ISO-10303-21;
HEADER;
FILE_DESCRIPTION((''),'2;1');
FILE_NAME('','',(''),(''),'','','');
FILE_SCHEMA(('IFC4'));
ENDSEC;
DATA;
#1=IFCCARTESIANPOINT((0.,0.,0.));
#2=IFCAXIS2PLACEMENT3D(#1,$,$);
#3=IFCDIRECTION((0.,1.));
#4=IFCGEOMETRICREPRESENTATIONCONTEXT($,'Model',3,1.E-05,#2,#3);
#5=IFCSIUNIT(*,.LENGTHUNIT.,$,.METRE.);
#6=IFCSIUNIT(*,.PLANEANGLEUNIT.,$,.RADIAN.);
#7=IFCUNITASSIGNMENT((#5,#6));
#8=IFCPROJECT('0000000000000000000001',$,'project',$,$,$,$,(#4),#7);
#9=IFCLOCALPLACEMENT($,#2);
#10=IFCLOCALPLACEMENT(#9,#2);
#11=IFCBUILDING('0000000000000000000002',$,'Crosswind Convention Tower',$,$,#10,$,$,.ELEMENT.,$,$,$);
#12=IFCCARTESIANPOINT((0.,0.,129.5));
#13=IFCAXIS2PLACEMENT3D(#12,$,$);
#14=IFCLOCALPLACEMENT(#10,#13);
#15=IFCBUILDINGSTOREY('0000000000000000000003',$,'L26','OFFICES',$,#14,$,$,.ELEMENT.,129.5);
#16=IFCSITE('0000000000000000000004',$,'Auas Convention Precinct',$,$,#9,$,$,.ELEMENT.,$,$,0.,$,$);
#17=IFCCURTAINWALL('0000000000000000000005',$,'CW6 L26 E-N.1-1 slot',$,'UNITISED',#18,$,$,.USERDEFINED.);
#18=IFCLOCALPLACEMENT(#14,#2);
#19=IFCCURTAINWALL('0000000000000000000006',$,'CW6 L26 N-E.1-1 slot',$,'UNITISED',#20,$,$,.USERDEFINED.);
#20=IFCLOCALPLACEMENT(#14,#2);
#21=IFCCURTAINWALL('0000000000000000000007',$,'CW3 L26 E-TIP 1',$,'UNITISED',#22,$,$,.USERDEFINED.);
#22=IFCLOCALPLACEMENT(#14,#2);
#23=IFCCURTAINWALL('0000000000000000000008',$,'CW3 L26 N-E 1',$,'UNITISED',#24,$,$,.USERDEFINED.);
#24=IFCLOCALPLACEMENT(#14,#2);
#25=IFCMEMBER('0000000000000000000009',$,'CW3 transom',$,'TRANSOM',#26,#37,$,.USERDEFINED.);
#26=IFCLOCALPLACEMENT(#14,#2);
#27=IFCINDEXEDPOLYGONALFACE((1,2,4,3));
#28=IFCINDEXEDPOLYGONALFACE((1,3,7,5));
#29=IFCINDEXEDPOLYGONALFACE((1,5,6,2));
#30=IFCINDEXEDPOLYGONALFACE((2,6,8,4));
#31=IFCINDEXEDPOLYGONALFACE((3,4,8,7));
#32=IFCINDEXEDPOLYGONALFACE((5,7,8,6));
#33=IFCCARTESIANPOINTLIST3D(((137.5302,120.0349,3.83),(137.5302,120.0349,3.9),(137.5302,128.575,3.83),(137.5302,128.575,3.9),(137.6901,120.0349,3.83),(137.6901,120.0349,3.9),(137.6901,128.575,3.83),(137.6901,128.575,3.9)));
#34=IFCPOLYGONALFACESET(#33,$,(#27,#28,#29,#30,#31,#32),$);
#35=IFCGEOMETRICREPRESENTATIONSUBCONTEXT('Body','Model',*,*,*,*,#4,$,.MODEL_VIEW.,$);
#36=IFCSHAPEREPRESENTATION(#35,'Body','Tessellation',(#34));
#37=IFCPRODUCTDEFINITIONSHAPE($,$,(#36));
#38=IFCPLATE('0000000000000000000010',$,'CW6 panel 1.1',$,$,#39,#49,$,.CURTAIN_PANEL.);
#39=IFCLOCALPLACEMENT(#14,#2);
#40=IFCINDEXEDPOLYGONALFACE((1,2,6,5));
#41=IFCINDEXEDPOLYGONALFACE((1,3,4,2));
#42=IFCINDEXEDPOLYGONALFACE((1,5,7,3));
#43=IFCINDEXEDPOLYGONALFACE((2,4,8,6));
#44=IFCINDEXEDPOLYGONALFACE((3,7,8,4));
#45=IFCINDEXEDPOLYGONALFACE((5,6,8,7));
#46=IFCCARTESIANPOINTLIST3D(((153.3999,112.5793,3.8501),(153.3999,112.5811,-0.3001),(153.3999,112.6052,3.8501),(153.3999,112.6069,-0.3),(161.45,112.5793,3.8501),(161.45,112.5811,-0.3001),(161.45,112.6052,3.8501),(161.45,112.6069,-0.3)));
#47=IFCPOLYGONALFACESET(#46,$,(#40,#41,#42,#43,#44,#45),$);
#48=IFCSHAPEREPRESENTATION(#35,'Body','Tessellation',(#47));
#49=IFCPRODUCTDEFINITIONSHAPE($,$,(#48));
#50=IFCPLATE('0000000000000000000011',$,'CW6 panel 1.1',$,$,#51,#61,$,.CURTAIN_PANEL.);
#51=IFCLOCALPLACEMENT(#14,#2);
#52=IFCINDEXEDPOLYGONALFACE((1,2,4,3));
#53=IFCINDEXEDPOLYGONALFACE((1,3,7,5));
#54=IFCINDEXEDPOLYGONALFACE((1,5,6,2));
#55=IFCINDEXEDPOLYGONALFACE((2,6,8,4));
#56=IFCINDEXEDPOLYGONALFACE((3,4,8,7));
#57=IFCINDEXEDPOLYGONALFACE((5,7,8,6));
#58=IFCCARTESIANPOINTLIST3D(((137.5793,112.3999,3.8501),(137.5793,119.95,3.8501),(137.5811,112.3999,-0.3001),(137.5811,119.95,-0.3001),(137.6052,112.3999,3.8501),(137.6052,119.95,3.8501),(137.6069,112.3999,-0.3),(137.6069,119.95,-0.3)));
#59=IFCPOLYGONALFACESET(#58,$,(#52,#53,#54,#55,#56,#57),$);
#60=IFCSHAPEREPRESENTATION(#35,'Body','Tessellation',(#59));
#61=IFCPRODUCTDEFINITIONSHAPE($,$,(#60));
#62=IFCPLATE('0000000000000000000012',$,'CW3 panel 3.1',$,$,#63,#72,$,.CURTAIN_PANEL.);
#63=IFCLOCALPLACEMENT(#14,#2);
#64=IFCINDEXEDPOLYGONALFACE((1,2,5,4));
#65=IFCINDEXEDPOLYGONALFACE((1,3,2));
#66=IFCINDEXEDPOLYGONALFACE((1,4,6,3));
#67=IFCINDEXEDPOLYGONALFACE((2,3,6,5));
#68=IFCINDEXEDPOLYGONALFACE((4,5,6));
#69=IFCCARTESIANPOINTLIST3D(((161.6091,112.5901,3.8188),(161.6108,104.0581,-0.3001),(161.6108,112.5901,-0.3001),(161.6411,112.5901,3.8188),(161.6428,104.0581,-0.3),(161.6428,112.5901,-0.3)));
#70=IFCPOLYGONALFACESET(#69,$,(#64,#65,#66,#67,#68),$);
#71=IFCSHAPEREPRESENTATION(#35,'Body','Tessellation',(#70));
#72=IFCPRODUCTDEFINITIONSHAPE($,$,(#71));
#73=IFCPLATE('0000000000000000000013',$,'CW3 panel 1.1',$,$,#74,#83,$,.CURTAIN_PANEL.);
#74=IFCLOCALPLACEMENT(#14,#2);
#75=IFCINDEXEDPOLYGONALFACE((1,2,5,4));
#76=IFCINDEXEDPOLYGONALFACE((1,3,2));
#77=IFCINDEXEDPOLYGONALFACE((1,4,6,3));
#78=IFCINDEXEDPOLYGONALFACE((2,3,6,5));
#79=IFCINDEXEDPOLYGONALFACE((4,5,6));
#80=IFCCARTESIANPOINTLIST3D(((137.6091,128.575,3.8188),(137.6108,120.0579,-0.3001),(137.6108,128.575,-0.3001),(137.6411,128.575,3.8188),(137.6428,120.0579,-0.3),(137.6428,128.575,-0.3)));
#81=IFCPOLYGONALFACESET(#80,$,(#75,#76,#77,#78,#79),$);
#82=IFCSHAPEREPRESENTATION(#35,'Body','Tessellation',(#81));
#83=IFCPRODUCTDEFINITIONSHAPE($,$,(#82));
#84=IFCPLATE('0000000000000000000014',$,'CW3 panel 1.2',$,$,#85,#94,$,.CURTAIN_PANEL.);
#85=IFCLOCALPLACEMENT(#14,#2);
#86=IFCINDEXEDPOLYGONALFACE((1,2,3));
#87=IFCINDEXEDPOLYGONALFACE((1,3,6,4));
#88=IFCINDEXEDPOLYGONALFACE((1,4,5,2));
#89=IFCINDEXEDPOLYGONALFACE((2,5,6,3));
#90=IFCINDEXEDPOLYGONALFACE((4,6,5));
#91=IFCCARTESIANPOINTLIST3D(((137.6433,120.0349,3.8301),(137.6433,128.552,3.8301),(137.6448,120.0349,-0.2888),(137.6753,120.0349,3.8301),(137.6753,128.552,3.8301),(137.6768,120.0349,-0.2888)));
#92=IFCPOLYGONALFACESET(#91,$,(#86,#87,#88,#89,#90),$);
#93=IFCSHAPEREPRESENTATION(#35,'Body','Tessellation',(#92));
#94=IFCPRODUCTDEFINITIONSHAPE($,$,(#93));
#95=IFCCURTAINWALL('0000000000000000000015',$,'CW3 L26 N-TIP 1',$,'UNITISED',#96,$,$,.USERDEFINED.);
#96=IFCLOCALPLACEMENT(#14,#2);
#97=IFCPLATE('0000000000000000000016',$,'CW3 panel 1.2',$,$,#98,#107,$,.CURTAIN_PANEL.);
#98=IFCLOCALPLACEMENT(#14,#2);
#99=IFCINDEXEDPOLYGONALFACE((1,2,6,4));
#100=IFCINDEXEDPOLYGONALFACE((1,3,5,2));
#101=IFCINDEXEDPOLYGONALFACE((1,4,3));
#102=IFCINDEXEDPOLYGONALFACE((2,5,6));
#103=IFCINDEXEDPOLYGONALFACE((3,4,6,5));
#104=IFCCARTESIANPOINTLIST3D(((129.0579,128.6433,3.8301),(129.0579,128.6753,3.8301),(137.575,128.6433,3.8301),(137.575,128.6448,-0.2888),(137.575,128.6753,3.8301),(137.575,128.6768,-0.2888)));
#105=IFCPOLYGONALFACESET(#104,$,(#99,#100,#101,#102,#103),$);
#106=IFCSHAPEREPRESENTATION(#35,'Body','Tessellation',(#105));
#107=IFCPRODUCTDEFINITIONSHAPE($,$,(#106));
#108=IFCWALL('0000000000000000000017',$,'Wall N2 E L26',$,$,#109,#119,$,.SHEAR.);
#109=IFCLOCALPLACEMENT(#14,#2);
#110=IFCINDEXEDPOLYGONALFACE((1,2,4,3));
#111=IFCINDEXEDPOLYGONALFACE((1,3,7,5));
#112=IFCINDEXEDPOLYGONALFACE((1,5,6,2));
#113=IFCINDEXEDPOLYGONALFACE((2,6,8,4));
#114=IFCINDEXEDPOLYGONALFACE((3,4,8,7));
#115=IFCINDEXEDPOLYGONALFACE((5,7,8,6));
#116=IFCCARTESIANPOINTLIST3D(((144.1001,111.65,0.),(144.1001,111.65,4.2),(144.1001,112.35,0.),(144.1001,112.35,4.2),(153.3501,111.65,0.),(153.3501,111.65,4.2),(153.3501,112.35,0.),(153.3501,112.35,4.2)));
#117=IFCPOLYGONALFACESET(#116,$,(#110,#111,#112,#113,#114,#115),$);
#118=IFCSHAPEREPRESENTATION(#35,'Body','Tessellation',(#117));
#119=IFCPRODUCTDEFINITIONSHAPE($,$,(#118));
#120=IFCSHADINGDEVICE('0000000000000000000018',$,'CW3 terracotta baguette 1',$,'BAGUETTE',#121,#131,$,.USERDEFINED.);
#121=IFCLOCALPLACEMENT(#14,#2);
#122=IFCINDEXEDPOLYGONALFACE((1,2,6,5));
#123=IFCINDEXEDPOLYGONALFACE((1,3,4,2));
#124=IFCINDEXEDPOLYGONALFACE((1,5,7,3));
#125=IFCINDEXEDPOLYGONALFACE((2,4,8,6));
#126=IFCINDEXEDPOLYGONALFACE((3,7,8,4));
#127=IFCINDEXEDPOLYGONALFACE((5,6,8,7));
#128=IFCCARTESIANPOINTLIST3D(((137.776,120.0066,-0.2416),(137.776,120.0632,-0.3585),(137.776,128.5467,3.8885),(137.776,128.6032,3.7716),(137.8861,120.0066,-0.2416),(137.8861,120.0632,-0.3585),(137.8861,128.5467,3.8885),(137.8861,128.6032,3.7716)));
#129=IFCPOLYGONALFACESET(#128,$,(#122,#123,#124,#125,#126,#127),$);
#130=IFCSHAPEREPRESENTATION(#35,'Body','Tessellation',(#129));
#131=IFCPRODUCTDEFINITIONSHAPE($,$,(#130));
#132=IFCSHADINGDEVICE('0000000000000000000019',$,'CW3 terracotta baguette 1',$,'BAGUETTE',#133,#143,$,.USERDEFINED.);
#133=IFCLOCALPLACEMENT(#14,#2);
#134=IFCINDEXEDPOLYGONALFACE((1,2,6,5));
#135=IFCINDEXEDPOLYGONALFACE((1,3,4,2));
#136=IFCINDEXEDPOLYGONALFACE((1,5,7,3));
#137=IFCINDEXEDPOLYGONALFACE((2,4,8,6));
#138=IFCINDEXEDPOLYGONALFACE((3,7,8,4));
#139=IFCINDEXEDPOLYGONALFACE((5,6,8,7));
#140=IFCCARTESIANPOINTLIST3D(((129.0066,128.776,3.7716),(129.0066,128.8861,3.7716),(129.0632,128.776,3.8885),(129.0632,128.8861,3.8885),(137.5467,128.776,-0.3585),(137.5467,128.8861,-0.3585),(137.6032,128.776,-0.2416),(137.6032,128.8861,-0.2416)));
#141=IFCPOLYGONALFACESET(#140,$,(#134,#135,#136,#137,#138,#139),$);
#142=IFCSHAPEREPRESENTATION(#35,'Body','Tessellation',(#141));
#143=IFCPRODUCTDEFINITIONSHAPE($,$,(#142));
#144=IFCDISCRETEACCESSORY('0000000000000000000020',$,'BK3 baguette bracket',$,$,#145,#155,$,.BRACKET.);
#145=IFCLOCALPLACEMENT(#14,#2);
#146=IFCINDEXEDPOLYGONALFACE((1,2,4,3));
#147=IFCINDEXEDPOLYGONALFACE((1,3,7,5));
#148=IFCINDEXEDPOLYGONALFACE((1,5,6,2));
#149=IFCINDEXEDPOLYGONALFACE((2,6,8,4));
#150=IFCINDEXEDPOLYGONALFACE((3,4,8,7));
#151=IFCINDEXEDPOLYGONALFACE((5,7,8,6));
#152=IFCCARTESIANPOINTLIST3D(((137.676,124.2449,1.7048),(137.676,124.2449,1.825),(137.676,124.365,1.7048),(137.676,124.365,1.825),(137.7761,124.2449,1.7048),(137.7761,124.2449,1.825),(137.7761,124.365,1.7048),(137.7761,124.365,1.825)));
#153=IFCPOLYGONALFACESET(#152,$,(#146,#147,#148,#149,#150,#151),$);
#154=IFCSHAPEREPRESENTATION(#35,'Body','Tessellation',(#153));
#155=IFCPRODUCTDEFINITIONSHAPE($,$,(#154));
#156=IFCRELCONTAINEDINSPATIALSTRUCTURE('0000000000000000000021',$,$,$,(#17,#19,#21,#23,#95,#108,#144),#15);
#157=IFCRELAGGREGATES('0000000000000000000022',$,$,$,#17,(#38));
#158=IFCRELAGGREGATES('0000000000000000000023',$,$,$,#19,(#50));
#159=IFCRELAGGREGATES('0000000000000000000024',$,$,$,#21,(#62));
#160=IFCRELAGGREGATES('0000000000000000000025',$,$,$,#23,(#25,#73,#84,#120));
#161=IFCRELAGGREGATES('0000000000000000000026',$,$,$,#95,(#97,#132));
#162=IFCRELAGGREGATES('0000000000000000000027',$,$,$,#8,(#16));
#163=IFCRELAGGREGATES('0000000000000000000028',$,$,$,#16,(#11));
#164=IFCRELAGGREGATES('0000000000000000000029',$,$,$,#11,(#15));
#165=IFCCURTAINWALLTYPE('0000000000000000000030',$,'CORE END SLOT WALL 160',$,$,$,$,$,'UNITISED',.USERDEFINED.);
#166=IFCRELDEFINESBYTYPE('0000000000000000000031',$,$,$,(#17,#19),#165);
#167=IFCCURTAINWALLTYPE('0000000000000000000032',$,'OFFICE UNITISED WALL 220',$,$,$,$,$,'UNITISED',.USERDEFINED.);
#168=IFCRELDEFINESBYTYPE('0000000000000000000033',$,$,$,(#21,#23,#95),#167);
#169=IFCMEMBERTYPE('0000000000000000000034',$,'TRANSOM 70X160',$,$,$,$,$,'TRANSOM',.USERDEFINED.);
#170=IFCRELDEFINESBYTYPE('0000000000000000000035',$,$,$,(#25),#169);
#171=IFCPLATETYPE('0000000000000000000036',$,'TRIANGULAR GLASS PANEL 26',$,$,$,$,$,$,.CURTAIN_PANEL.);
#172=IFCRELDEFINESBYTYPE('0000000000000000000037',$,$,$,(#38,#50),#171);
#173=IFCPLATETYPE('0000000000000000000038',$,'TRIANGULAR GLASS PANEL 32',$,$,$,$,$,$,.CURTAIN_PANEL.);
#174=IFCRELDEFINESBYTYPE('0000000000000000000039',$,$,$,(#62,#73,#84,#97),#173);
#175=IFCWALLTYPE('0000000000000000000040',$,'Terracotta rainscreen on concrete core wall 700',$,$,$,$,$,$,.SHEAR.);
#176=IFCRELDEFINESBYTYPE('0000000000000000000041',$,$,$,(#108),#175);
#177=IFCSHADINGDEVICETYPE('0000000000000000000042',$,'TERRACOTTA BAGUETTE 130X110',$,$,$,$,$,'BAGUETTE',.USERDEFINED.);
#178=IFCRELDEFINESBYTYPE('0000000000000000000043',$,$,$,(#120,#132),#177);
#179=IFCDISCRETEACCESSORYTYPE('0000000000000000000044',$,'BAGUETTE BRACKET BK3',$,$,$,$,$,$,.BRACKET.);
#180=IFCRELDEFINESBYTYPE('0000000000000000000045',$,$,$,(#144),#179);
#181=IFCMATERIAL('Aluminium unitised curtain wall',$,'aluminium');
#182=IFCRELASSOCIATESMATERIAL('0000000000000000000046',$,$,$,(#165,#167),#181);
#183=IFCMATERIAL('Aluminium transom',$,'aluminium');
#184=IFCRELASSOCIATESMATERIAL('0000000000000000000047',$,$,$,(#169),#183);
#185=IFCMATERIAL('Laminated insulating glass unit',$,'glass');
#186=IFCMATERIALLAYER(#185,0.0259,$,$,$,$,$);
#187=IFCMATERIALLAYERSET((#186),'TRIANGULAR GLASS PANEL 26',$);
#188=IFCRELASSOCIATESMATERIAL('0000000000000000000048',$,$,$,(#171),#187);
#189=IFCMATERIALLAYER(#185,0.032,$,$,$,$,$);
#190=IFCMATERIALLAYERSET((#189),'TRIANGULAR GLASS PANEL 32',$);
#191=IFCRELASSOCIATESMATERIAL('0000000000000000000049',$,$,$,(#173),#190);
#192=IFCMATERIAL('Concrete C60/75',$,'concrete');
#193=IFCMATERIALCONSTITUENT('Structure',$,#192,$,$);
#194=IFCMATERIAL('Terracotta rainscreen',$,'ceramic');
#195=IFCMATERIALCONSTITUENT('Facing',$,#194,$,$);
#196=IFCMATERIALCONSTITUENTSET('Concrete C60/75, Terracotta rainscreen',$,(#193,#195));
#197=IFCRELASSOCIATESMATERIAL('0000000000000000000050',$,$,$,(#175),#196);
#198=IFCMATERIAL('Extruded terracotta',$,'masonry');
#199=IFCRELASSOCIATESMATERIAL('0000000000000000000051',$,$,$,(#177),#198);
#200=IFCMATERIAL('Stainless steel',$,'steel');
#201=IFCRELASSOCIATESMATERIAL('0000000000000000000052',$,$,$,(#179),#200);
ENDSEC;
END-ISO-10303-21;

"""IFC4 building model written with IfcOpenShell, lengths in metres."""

from ifc_helpers import new_model, si_unit, direction, frame, frame_2d, origin, origin_2d, place, context, subcontext, project, spatial, polyline, rectangle, outline, extrude, material, layer, layer_set, constituent, constituent_set, material_profile, profile_set, type_object, element, aggregate, save


model = new_model("IFC4")

# Units and contexts
model_context = context("Model", 3, precision=1e-05, world=origin(), true_north=direction((0.0, 1.0)))
body_context = subcontext(model_context, "Body", "Model", "MODEL_VIEW")
ifc_project = project(units=[si_unit("LENGTHUNIT", "METRE"), si_unit("PLANEANGLEUNIT", "RADIAN")], contexts=[model_context])

# Site, building, storey
site_placement = place(None, origin())
site = spatial("IfcSite", under=ifc_project, at=site_placement, Name="Auas Convention Precinct", CompositionType="ELEMENT", RefElevation=0.0)
building_placement = place(site_placement, origin())
building = spatial("IfcBuilding", under=site, at=building_placement, Name="Crosswind Convention Tower", CompositionType="ELEMENT")
storey_placement = place(building_placement, frame((0.0, 0.0, 129.5)))
storey = spatial("IfcBuildingStorey", under=building, at=storey_placement, Name="L26", Description="OFFICES", CompositionType="ELEMENT", Elevation=129.5)

# Shared definitions
ifc_material_1 = material(Name="Concrete C60/75", Category="concrete")

# Curtain walls
ifc_material_2 = material(Name="Aluminium unitised curtain wall", Category="aluminium")
curtain_wall_type_1 = type_object("IfcCurtainWallType", Name="CORE END SLOT WALL 160", ElementType="UNITISED", PredefinedType="USERDEFINED", material=ifc_material_2)
curtain_wall_1_placement = place(storey_placement, origin())
curtain_wall_1 = element("IfcCurtainWall", 1, at=curtain_wall_1_placement, inside=storey, type_object=curtain_wall_type_1, Name="CW6 L26 E-N.1-1 slot", ObjectType="UNITISED", PredefinedType="USERDEFINED")
curtain_wall_2_placement = place(storey_placement, origin())
curtain_wall_2 = element("IfcCurtainWall", 2, at=curtain_wall_2_placement, inside=storey, type_object=curtain_wall_type_1, Name="CW6 L26 N-E.1-1 slot", ObjectType="UNITISED", PredefinedType="USERDEFINED")

# Curtain wall
curtain_wall_type_2 = type_object("IfcCurtainWallType", Name="OFFICE UNITISED WALL 220", ElementType="UNITISED", PredefinedType="USERDEFINED", material=ifc_material_2)
curtain_wall_3_placement = place(storey_placement, origin())
curtain_wall_3 = element("IfcCurtainWall", 3, at=curtain_wall_3_placement, inside=storey, type_object=curtain_wall_type_2, Name="CW3 L26 E-TIP 1", ObjectType="UNITISED", PredefinedType="USERDEFINED")

# Curtain wall
curtain_wall_4_placement = place(storey_placement, origin())
curtain_wall_4 = element("IfcCurtainWall", 4, at=curtain_wall_4_placement, inside=storey, type_object=curtain_wall_type_2, Name="CW3 L26 N-E 1", ObjectType="UNITISED", PredefinedType="USERDEFINED")

# Member
ifc_material_3 = material(Name="Aluminium transom", Category="aluminium")
ifc_material_profile_1 = material_profile(ifc_material_3, rectangle(XDim=0.1599, YDim=0.0701, at=origin_2d()), Name="AL 160X70")
ifc_profile_set_1 = profile_set([ifc_material_profile_1], Name="Aluminium transom")
member_type_1 = type_object("IfcMemberType", Name="TRANSOM 70X160", ElementType="TRANSOM", PredefinedType="USERDEFINED", material=ifc_profile_set_1)
member_1_placement = place(storey_placement, frame((137.6101, 120.0349, 3.865), z_axis=(0.0, 1.0, 0.0), x_axis=(-1.0, 0.0, 0.0)))
member_1 = element("IfcMember", 5, at=member_1_placement, type_object=member_type_1, Name="CW3 transom", ObjectType="TRANSOM", PredefinedType="USERDEFINED", context=body_context, shape_type="SweptSolid", body=[
    extrude(rectangle(XDim=0.1599, YDim=0.0701, at=origin_2d()), origin(), (0.0, 0.0, 1.0), 8.54),
])

# Plates
ifc_material_4 = material(Name="Laminated insulating glass unit", Category="glass")
ifc_layer_1 = layer(ifc_material_4, 0.0259)
ifc_layer_set_1 = layer_set([ifc_layer_1], Name="TRIANGULAR GLASS PANEL 26")
plate_type_1 = type_object("IfcPlateType", Name="TRIANGULAR GLASS PANEL 26", PredefinedType="CURTAIN_PANEL", material=ifc_layer_set_1)
plate_1_placement = place(storey_placement, frame((161.45, 112.6069, -0.3), z_axis=(0.0, 1.0, 0.000412), x_axis=(-1.0, 0.0, 0.0)))
plate_1 = element("IfcPlate", 6, at=plate_1_placement, type_object=plate_type_1, Name="CW6 panel 1.1", PredefinedType="CURTAIN_PANEL", context=body_context, shape_type="SweptSolid", body=[
    extrude(outline(polyline([(0.0, 0.0), (8.05, 0.0), (8.05, 4.1501), (0.0, 4.1501), (0.0, 0.0)])), origin(), (0.0, 0.0, -1.0), 0.0259),
])
aggregate(curtain_wall_1, [plate_1])
plate_2_placement = place(storey_placement, frame((137.6069, 112.3999, -0.3), z_axis=(1.0, 0.0, 0.000412), x_axis=(0.0, 1.0, 0.0)))
plate_2 = element("IfcPlate", 7, at=plate_2_placement, type_object=plate_type_1, Name="CW6 panel 1.1", PredefinedType="CURTAIN_PANEL", context=body_context, shape_type="SweptSolid", body=[
    extrude(outline(polyline([(0.0, 0.0), (7.55, 0.0), (7.55, 4.1501), (0.0, 4.1501), (0.0, 0.0)])), origin(), (0.0, 0.0, -1.0), 0.0259),
])
aggregate(curtain_wall_2, [plate_2])
ifc_layer_2 = layer(ifc_material_4, 0.032)
ifc_layer_set_2 = layer_set([ifc_layer_2], Name="TRIANGULAR GLASS PANEL 32")
plate_type_2 = type_object("IfcPlateType", Name="TRIANGULAR GLASS PANEL 32", PredefinedType="CURTAIN_PANEL", material=ifc_layer_set_2)
plate_3_placement = place(storey_placement, frame((161.6428, 112.5901, -0.3), z_axis=(1.0, 0.0, 0.000415), x_axis=(-0.000415, 0.0, 1.0)))
plate_3 = element("IfcPlate", 8, at=plate_3_placement, type_object=plate_type_2, Name="CW3 panel 3.1", PredefinedType="CURTAIN_PANEL", context=body_context, shape_type="SweptSolid", body=[
    extrude(outline(polyline([(0.0, 0.0), (4.1189, 0.0), (0.0, 8.532), (0.0, 0.0)])), origin(), (0.0, 0.0, -1.0), 0.032),
])
aggregate(curtain_wall_3, [plate_3])
plate_4_placement = place(storey_placement, frame((137.6428, 128.575, -0.3), z_axis=(1.0, 0.0, 0.000415), x_axis=(-0.000415, 0.0, 1.0)))
plate_4 = element("IfcPlate", 9, at=plate_4_placement, type_object=plate_type_2, Name="CW3 panel 1.1", PredefinedType="CURTAIN_PANEL", context=body_context, shape_type="SweptSolid", body=[
    extrude(outline(polyline([(0.0, 0.0), (4.1189, 0.0), (0.0, 8.5171), (0.0, 0.0)])), origin(), (0.0, 0.0, -1.0), 0.032),
])
plate_5_placement = place(storey_placement, frame((137.6753, 120.0349, 3.8301), z_axis=(1.0, 0.0, 0.000356), x_axis=(0.000356, 0.0, -1.0)))
plate_5 = element("IfcPlate", 10, at=plate_5_placement, type_object=plate_type_2, Name="CW3 panel 1.2", PredefinedType="CURTAIN_PANEL", context=body_context, shape_type="SweptSolid", body=[
    extrude(outline(polyline([(0.0, 0.0), (4.1189, 0.0), (0.0, 8.5171), (0.0, 0.0)])), origin(), (0.0, 0.0, -1.0), 0.032),
])

# Curtain wall, plate
curtain_wall_5_placement = place(storey_placement, origin())
curtain_wall_5 = element("IfcCurtainWall", 11, at=curtain_wall_5_placement, inside=storey, type_object=curtain_wall_type_2, Name="CW3 L26 N-TIP 1", ObjectType="UNITISED", PredefinedType="USERDEFINED")
plate_6_placement = place(storey_placement, frame((137.575, 128.6753, 3.8301), z_axis=(0.0, 1.0, 0.000356), x_axis=(0.0, 0.000356, -1.0)))
plate_6 = element("IfcPlate", 12, at=plate_6_placement, type_object=plate_type_2, Name="CW3 panel 1.2", PredefinedType="CURTAIN_PANEL", context=body_context, shape_type="SweptSolid", body=[
    extrude(outline(polyline([(0.0, 0.0), (4.1189, 0.0), (0.0, 8.5171), (0.0, 0.0)])), origin(), (0.0, 0.0, -1.0), 0.032),
])

# Wall
ifc_constituent_1 = constituent(ifc_material_1, Name="Structure")
ifc_material_5 = material(Name="Terracotta rainscreen", Category="ceramic")
ifc_constituent_2 = constituent(ifc_material_5, Name="Facing")
ifc_constituent_set = constituent_set(constituents=[ifc_constituent_1, ifc_constituent_2], Name="Concrete C60/75, Terracotta rainscreen")
wall_type = type_object("IfcWallType", Name="Terracotta rainscreen on concrete core wall 700", PredefinedType="SHEAR", material=ifc_constituent_set)
wall_placement = place(storey_placement, frame((144.1001, 112.0, 0.0), z_axis=(0.0, 0.0, 1.0), x_axis=(1.0, 0.0, 0.0)))
element("IfcWall", 13, at=wall_placement, inside=storey, type_object=wall_type, Name="Wall N2 E L26", PredefinedType="SHEAR", context=body_context, shape_type="SweptSolid", body=[
    extrude(rectangle(XDim=9.25, YDim=0.7, at=frame_2d((4.625, 0.0))), origin(), (0.0, 0.0, 1.0), 4.2),
])

# Shading devices
ifc_material_6 = material(Name="Extruded terracotta", Category="masonry")
ifc_material_profile_2 = material_profile(ifc_material_6, rectangle(XDim=0.1101, YDim=0.1299, at=origin_2d()), Name="TC 110X130")
ifc_profile_set_2 = profile_set([ifc_material_profile_2], Name="Extruded terracotta")
shading_device_type = type_object("IfcShadingDeviceType", Name="TERRACOTTA BAGUETTE 130X110", ElementType="BAGUETTE", PredefinedType="USERDEFINED", material=ifc_profile_set_2)
shading_device_1_placement = place(storey_placement, frame((137.8311, 120.0349, -0.3), z_axis=(0.0, 0.900248, 0.435377), x_axis=(-1.0, 0.0, 0.0)))
shading_device_1 = element("IfcShadingDevice", 14, at=shading_device_1_placement, type_object=shading_device_type, Name="CW3 terracotta baguette 1", ObjectType="BAGUETTE", PredefinedType="USERDEFINED", context=body_context, shape_type="SweptSolid", body=[
    extrude(rectangle(XDim=0.1101, YDim=0.1299, at=origin_2d()), origin(), (0.0, 0.0, 1.0), 9.4863),
])
aggregate(curtain_wall_4, [member_1, plate_4, plate_5, shading_device_1])
shading_device_2_placement = place(storey_placement, frame((137.575, 128.8311, -0.3), z_axis=(-0.900248, 0.0, 0.435377), x_axis=(0.0, -1.0, 0.0)))
shading_device_2 = element("IfcShadingDevice", 15, at=shading_device_2_placement, type_object=shading_device_type, Name="CW3 terracotta baguette 1", ObjectType="BAGUETTE", PredefinedType="USERDEFINED", context=body_context, shape_type="SweptSolid", body=[
    extrude(rectangle(XDim=0.1101, YDim=0.1299, at=origin_2d()), origin(), (0.0, 0.0, 1.0), 9.4863),
])
aggregate(curtain_wall_5, [plate_6, shading_device_2])

# Discrete accessory
ifc_material_7 = material(Name="Stainless steel", Category="steel")
discrete_accessory_type = type_object("IfcDiscreteAccessoryType", Name="BAGUETTE BRACKET BK3", PredefinedType="BRACKET", material=ifc_material_7)
discrete_accessory_placement = place(storey_placement, frame((137.7261, 124.3049, 1.7048), z_axis=(0.0, 0.0, 1.0), x_axis=(0.0, 1.0, 0.0)))
element("IfcDiscreteAccessory", 16, at=discrete_accessory_placement, inside=storey, type_object=discrete_accessory_type, Name="BK3 baguette bracket", PredefinedType="BRACKET", context=body_context, shape_type="SweptSolid", body=[
    extrude(rectangle(XDim=0.1201, YDim=0.1001, at=origin_2d()), origin(), (0.0, 0.0, 1.0), 0.1201),
])

save(model, "model.ifc")
